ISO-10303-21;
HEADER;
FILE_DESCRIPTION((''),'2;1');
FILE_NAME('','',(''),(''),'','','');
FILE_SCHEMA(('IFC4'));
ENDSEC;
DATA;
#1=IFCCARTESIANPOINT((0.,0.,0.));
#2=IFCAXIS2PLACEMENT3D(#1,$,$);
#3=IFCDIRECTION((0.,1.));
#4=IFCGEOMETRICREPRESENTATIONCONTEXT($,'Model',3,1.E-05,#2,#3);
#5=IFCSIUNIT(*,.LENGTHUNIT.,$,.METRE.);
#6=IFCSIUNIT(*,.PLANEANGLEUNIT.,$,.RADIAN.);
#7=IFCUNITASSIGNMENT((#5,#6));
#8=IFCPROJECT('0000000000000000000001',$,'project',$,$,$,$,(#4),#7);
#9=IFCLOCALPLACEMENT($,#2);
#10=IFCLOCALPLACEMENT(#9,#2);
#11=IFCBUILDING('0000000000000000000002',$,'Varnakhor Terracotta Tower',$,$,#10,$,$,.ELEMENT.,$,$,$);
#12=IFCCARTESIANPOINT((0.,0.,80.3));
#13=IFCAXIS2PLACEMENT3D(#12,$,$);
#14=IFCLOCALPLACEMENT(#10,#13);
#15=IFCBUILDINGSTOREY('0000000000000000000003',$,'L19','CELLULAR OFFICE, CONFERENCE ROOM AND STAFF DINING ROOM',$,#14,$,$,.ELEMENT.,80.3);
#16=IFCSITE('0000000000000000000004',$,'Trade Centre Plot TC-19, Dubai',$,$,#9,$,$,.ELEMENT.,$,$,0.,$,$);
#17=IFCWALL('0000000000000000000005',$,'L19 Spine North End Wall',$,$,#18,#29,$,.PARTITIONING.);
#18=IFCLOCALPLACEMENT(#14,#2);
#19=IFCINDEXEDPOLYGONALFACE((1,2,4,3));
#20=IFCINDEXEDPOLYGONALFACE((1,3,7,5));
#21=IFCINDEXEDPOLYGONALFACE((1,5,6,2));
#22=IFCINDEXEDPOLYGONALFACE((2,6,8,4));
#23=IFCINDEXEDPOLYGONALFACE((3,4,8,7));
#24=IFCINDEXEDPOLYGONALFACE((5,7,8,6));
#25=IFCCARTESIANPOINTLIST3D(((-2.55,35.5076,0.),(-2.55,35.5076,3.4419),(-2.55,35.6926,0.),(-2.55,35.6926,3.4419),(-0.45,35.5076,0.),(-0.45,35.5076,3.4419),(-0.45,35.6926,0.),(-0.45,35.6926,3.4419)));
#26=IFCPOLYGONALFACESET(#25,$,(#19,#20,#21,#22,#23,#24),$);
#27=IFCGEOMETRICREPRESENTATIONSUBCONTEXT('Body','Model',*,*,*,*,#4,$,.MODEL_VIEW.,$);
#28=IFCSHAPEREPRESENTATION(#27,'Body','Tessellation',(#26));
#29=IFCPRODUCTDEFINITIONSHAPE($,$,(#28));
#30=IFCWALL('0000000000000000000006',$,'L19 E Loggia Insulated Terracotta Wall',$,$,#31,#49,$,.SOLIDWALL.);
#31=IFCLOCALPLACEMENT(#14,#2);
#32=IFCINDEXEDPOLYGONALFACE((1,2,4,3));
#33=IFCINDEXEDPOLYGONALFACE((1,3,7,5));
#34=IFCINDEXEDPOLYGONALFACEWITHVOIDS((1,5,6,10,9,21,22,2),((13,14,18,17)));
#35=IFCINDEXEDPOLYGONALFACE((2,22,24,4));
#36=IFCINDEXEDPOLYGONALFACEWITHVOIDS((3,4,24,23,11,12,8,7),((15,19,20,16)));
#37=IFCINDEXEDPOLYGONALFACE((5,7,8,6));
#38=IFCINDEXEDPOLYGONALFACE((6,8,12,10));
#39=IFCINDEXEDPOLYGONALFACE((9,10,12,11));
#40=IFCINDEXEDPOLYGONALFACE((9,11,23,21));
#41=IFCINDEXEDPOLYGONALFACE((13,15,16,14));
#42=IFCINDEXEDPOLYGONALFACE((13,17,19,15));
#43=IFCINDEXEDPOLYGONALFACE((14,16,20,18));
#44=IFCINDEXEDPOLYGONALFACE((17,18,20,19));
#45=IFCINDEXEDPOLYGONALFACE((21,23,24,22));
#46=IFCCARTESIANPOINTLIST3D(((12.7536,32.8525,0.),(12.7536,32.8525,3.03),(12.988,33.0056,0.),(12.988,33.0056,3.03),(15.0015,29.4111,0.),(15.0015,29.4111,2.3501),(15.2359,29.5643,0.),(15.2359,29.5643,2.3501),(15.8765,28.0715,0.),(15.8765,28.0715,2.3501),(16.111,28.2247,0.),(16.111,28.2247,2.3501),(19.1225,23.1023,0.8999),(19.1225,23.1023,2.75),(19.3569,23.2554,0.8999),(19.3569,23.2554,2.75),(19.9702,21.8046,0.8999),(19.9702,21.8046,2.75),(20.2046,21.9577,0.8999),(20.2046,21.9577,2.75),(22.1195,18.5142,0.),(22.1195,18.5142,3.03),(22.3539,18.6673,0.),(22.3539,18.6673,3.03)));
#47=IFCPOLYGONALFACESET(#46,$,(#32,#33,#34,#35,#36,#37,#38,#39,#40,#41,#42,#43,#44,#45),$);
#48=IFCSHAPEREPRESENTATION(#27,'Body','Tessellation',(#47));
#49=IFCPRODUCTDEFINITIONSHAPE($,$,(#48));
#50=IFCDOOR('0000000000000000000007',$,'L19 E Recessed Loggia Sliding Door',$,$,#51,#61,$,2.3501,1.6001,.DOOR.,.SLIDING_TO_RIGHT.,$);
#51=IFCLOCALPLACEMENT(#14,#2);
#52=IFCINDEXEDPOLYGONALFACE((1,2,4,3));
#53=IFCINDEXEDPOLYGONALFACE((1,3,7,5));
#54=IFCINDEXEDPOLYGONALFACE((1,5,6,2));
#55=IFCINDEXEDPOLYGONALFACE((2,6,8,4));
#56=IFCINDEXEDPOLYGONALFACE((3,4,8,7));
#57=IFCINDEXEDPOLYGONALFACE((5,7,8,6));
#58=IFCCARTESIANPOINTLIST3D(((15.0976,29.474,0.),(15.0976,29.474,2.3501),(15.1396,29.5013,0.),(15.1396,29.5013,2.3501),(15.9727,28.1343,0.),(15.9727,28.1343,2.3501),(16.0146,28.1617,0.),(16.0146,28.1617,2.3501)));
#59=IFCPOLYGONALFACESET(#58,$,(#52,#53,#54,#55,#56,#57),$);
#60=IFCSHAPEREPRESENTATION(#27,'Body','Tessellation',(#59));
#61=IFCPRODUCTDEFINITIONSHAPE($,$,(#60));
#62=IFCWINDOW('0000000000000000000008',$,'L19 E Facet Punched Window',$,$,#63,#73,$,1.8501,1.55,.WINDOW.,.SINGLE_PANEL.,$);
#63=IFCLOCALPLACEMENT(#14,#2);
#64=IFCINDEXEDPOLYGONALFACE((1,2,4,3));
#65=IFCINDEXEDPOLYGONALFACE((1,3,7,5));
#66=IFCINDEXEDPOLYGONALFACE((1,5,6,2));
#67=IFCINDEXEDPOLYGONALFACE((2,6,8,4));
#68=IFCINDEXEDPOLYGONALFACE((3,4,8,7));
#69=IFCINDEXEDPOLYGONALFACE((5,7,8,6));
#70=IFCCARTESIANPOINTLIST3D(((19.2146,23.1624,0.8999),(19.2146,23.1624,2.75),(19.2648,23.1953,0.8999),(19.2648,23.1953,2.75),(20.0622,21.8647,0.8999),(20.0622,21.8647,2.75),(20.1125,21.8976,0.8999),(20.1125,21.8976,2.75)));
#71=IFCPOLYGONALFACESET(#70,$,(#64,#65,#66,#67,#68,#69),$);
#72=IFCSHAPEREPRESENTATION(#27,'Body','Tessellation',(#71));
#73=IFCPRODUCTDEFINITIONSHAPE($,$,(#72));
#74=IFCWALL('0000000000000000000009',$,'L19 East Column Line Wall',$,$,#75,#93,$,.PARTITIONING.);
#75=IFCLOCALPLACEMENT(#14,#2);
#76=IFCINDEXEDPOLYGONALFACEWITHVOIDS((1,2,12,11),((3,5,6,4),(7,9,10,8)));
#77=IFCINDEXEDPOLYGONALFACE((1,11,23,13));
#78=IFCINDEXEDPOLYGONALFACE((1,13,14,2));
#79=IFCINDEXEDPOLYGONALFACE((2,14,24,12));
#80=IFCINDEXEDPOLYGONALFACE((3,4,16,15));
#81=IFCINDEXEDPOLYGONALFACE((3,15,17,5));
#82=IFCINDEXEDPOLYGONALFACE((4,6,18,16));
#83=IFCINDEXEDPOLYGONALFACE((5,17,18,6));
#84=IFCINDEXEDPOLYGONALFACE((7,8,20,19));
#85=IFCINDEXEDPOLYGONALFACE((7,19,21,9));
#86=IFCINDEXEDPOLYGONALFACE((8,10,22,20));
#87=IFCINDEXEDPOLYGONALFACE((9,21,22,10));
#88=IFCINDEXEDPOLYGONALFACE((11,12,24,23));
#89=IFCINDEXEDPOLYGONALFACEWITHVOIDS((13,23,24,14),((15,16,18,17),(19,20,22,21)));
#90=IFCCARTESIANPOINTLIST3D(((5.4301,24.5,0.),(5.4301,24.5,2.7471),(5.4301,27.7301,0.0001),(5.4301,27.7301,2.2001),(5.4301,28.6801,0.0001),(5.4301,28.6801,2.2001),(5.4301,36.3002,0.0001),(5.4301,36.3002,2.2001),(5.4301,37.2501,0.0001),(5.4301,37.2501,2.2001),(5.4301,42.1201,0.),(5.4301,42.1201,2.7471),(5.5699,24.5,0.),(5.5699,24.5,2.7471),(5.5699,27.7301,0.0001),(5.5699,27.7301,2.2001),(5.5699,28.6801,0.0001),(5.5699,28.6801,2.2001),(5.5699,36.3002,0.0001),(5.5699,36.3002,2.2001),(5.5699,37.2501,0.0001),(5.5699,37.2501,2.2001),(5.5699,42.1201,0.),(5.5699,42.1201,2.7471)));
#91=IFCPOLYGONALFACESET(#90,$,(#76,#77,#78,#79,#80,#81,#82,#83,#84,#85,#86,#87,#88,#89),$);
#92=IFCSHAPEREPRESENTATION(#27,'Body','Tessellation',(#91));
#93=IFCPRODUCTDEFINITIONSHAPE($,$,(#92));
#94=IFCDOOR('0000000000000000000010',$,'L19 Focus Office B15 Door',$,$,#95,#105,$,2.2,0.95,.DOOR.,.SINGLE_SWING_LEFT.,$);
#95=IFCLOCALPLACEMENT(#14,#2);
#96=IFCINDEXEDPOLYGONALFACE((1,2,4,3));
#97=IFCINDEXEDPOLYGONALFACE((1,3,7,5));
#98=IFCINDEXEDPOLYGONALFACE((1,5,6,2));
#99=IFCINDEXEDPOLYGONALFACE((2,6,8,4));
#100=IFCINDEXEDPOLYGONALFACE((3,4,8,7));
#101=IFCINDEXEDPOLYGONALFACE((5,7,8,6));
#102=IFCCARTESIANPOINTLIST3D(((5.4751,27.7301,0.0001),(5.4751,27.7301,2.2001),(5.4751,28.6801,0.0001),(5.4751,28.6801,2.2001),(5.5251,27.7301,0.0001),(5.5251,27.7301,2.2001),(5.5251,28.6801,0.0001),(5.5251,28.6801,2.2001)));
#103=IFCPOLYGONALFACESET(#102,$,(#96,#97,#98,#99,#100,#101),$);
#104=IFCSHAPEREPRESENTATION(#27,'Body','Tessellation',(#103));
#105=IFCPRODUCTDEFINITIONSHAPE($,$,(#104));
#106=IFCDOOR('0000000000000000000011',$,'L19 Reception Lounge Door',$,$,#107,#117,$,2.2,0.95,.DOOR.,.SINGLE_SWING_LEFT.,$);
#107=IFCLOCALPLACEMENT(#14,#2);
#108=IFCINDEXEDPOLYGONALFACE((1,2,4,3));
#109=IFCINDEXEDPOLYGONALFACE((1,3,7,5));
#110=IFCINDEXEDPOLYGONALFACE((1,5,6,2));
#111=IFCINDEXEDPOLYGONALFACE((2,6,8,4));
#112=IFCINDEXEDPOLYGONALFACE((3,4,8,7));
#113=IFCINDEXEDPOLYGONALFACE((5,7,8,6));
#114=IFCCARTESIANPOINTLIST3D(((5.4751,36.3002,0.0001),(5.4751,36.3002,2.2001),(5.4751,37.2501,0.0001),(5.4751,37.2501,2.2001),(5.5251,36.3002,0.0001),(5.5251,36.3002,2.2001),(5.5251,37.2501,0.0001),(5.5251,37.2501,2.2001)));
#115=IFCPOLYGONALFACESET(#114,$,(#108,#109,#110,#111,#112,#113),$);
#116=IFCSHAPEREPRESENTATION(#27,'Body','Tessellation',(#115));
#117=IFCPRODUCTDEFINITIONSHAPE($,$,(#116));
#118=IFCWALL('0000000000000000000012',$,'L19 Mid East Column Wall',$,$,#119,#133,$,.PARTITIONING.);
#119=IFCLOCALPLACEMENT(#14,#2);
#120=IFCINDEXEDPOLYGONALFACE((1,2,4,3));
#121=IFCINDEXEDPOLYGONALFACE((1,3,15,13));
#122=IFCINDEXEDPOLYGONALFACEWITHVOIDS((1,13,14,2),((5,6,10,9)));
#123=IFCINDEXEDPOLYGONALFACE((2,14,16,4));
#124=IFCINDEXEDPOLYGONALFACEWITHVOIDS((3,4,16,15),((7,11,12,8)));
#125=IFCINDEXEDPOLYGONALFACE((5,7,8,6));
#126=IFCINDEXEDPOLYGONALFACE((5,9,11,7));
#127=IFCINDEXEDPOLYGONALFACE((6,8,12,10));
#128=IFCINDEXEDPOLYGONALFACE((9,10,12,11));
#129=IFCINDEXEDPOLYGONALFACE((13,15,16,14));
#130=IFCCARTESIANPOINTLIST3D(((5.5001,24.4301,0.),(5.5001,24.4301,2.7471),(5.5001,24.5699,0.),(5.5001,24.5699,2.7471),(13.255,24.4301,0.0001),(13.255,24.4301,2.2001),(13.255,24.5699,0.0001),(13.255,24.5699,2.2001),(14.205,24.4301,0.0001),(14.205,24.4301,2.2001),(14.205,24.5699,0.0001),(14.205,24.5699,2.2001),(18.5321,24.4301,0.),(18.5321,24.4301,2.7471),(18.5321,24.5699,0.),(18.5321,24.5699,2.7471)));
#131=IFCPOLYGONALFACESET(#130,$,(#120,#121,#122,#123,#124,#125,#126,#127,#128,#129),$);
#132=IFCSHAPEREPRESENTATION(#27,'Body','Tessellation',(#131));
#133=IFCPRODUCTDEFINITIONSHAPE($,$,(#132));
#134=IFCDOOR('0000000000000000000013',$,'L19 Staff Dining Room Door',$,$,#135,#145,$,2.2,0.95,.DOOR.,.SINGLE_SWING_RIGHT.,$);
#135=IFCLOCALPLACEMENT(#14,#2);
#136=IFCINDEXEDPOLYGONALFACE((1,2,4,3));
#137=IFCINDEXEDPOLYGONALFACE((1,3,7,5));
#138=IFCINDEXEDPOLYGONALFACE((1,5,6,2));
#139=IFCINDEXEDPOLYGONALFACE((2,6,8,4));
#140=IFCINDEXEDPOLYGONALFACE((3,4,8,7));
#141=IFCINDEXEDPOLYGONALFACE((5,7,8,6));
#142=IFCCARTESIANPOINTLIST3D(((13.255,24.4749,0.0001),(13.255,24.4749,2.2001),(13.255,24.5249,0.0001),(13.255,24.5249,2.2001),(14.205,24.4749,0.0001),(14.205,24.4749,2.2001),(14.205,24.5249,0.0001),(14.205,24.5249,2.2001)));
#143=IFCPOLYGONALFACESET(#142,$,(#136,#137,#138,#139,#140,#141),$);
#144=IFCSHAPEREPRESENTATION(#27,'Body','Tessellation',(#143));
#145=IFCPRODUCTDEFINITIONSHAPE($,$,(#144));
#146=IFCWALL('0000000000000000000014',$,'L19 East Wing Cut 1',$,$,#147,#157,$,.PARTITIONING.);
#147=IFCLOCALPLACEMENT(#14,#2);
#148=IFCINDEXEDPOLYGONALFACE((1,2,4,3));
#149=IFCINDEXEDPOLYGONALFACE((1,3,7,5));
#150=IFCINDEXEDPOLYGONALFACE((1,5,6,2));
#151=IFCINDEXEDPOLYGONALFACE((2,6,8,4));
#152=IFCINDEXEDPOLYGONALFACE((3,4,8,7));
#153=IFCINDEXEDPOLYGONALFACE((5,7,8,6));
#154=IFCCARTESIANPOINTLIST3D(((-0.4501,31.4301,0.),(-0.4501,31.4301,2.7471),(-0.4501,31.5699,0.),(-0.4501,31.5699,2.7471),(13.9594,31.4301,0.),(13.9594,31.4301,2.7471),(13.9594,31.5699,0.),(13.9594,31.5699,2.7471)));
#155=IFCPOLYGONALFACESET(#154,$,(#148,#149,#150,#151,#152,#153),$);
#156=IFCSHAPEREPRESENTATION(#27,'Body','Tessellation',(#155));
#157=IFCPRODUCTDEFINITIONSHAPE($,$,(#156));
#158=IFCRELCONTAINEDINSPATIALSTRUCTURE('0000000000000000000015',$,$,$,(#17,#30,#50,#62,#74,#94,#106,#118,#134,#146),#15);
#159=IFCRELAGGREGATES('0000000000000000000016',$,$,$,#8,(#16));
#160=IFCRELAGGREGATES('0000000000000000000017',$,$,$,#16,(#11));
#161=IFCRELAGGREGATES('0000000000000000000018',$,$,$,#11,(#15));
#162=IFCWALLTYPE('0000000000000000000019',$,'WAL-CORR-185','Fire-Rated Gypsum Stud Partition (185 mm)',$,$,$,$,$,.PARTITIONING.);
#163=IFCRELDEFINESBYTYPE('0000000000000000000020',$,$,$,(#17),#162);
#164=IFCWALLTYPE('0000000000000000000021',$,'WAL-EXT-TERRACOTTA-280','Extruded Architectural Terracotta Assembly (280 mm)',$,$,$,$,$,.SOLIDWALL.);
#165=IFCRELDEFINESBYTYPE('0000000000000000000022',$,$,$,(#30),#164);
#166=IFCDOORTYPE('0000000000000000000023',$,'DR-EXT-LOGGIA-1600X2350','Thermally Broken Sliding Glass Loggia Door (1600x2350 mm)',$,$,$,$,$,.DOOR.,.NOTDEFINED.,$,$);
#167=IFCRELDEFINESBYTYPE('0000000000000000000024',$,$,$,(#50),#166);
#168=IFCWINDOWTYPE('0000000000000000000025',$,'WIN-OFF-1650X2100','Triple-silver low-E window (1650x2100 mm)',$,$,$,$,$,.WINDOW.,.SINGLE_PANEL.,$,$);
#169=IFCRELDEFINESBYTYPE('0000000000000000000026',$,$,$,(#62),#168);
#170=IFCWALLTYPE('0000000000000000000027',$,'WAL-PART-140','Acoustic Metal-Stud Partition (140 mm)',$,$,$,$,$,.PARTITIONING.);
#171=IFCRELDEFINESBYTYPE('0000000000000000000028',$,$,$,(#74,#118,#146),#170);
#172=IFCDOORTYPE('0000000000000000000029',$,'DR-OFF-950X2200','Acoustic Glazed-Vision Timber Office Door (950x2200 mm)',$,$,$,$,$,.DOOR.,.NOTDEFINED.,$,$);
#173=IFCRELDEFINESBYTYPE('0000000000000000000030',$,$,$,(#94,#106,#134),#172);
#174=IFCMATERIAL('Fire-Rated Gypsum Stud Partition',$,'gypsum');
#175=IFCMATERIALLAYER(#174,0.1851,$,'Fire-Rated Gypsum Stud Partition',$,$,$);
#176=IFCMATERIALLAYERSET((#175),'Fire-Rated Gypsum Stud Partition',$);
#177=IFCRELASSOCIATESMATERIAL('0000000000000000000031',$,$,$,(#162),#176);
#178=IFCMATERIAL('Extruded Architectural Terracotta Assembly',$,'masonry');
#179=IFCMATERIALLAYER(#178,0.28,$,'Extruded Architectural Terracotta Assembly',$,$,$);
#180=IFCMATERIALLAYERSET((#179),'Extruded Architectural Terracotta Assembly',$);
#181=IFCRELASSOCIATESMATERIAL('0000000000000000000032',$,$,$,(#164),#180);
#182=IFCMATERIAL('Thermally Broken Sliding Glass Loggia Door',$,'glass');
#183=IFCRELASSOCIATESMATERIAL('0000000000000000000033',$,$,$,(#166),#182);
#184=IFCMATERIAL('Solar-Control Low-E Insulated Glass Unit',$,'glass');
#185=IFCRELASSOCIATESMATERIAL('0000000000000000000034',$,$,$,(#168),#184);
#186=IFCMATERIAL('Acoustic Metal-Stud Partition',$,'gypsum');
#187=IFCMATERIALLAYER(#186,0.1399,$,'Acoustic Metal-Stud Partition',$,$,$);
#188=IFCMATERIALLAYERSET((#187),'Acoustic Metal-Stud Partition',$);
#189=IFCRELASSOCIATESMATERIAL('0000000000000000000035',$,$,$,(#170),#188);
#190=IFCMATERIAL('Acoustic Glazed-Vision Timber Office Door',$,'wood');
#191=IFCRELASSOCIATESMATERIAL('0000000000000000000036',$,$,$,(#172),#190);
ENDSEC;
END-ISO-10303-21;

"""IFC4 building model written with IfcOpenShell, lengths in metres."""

from ifc_helpers import new_model, si_unit, direction, frame, frame_2d, origin, place, context, subcontext, project, spatial, rectangle, extrude, source, transform, mapped, material, layer, layer_set, type_object, type_shapes, element, fill, save


model = new_model("IFC4")

# Units and contexts
model_context = context("Model", 3, precision=1e-05, world=origin(), true_north=direction((0.0, 1.0)))
body_context = subcontext(model_context, "Body", "Model", "MODEL_VIEW")
ifc_project = project(units=[si_unit("LENGTHUNIT", "METRE"), si_unit("PLANEANGLEUNIT", "RADIAN")], contexts=[model_context])

# Site, building, storey
site_placement = place(None, origin())
site = spatial("IfcSite", under=ifc_project, at=site_placement, Name="Trade Centre Plot TC-19, Dubai", CompositionType="ELEMENT", RefElevation=0.0)
building_placement = place(site_placement, origin())
building = spatial("IfcBuilding", under=site, at=building_placement, Name="Varnakhor Terracotta Tower", CompositionType="ELEMENT")
storey_placement = place(building_placement, frame((0.0, 0.0, 80.3)))
storey = spatial("IfcBuildingStorey", under=building, at=storey_placement, Name="L19", Description="CELLULAR OFFICE, CONFERENCE ROOM AND STAFF DINING ROOM", CompositionType="ELEMENT", Elevation=80.3)

# Wall
ifc_material_1 = material(Name="Fire-Rated Gypsum Stud Partition", Category="gypsum")
ifc_layer_1 = layer(ifc_material_1, 0.1851, Name="Fire-Rated Gypsum Stud Partition")
ifc_layer_set_1 = layer_set([ifc_layer_1], Name="Fire-Rated Gypsum Stud Partition")
wall_type_1 = type_object("IfcWallType", Name="WAL-CORR-185", Description="Fire-Rated Gypsum Stud Partition (185 mm)", PredefinedType="PARTITIONING", material=ifc_layer_set_1)
wall_1_placement = place(storey_placement, frame((-2.55, 35.6001, 0.0), z_axis=(0.0, 0.0, 1.0), x_axis=(1.0, 0.0, 0.0)))
element("IfcWall", 1, at=wall_1_placement, inside=storey, type_object=wall_type_1, Name="L19 Spine North End Wall", PredefinedType="PARTITIONING", context=body_context, shape_type="SweptSolid", body=[
    extrude(rectangle(XDim=2.1001, YDim=0.1851, at=frame_2d((1.05, 0.0))), origin(), (0.0, 0.0, 1.0), 3.4419),
])

# Wall, openings, door, window
ifc_material_2 = material(Name="Extruded Architectural Terracotta Assembly", Category="masonry")
ifc_layer_2 = layer(ifc_material_2, 0.28, Name="Extruded Architectural Terracotta Assembly")
ifc_layer_set_2 = layer_set([ifc_layer_2], Name="Extruded Architectural Terracotta Assembly")
wall_type_2 = type_object("IfcWallType", Name="WAL-EXT-TERRACOTTA-280", Description="Extruded Architectural Terracotta Assembly (280 mm)", PredefinedType="SOLIDWALL", material=ifc_layer_set_2)
wall_2_placement = place(storey_placement, frame((12.8708, 32.929, 0.0), z_axis=(0.0, 0.0, 1.0), x_axis=(0.546876, -0.837214, 0.0)))
wall_2 = element("IfcWall", 2, at=wall_2_placement, inside=storey, type_object=wall_type_2, Name="L19 E Loggia Insulated Terracotta Wall", PredefinedType="SOLIDWALL", context=body_context, shape_type="SweptSolid", body=[
    extrude(rectangle(XDim=17.1262, YDim=0.28, at=frame_2d((8.563, 0.0))), origin(), (0.0, 0.0, 1.0), 3.03),
])
opening_1_placement = place(wall_2_placement, frame((4.1104, 0.0, 0.0)))
opening_1 = element("IfcOpeningElement", 3, at=opening_1_placement, cuts=wall_2, PredefinedType="OPENING", context=body_context, shape_type="SweptSolid", body=[
    extrude(rectangle(XDim=1.6001, YDim=2.3501, at=frame_2d((0.8, 1.175))), frame((0.0, 0.1499, 0.0), z_axis=(0.0, -1.0, 0.0), x_axis=(1.0, 0.0, 0.0)), (0.0, 0.0, 1.0), 0.3),
])
opening_2_placement = place(wall_2_placement, frame((11.646, 0.0, 0.8999)))
opening_2 = element("IfcOpeningElement", 4, at=opening_2_placement, cuts=wall_2, PredefinedType="OPENING", context=body_context, shape_type="SweptSolid", body=[
    extrude(rectangle(XDim=1.55, YDim=1.8501, at=frame_2d((0.7749, 0.925))), frame((0.0, 0.1499, 0.0), z_axis=(0.0, -1.0, 0.0), x_axis=(1.0, 0.0, 0.0)), (0.0, 0.0, 1.0), 0.3),
])
ifc_material_3 = material(Name="Thermally Broken Sliding Glass Loggia Door", Category="glass")
door_type_1 = type_object("IfcDoorType", Name="DR-EXT-LOGGIA-1600X2350", Description="Thermally Broken Sliding Glass Loggia Door (1600x2350 mm)", OperationType="NOTDEFINED", PredefinedType="DOOR", material=ifc_material_3)
shared_shape_1 = source(origin(), body_context, "Body", "SweptSolid", [
    extrude(rectangle(XDim=1.6001, YDim=2.3501, at=frame_2d((0.8, 1.175))), frame((0.0, 0.0249, 0.0), z_axis=(0.0, -1.0, 0.0), x_axis=(1.0, 0.0, 0.0)), (0.0, 0.0, 1.0), 0.05),
])
type_shapes(door_type_1, [shared_shape_1])
door_1_placement = place(opening_1_placement, origin())
door_1 = element("IfcDoor", 5, at=door_1_placement, inside=storey, type_object=door_type_1, Name="L19 E Recessed Loggia Sliding Door", OperationType="SLIDING_TO_RIGHT", OverallHeight=2.3501, OverallWidth=1.6001, PredefinedType="DOOR", context=body_context, shape_type="MappedRepresentation", body=[
    mapped(shared_shape_1, transform((0.0, 0.0, 0.0), scale=1.0)),
])
fill(opening_1, door_1)
ifc_material_4 = material(Name="Solar-Control Low-E Insulated Glass Unit", Category="glass")
window_type = type_object("IfcWindowType", Name="WIN-OFF-1650X2100", Description="Triple-silver low-E window (1650x2100 mm)", PartitioningType="SINGLE_PANEL", PredefinedType="WINDOW", material=ifc_material_4)
shared_shape_2 = source(origin(), body_context, "Body", "SweptSolid", [
    extrude(rectangle(XDim=1.55, YDim=1.8501, at=frame_2d((0.7749, 0.925))), frame((0.0, 0.03, 0.0), z_axis=(0.0, -1.0, 0.0), x_axis=(1.0, 0.0, 0.0)), (0.0, 0.0, 1.0), 0.0601),
])
type_shapes(window_type, [shared_shape_2])
window_placement = place(opening_2_placement, origin())
window = element("IfcWindow", 6, at=window_placement, inside=storey, type_object=window_type, Name="L19 E Facet Punched Window", OverallHeight=1.8501, OverallWidth=1.55, PartitioningType="SINGLE_PANEL", PredefinedType="WINDOW", context=body_context, shape_type="MappedRepresentation", body=[
    mapped(shared_shape_2, transform((0.0, 0.0, 0.0), scale=1.0)),
])
fill(opening_2, window)

# Wall, openings, doors
ifc_material_5 = material(Name="Acoustic Metal-Stud Partition", Category="gypsum")
ifc_layer_3 = layer(ifc_material_5, 0.1399, Name="Acoustic Metal-Stud Partition")
ifc_layer_set_3 = layer_set([ifc_layer_3], Name="Acoustic Metal-Stud Partition")
wall_type_3 = type_object("IfcWallType", Name="WAL-PART-140", Description="Acoustic Metal-Stud Partition (140 mm)", PredefinedType="PARTITIONING", material=ifc_layer_set_3)
wall_3_placement = place(storey_placement, frame((5.5, 24.5, 0.0), z_axis=(0.0, 0.0, 1.0), x_axis=(0.0, 1.0, 0.0)))
wall_3 = element("IfcWall", 7, at=wall_3_placement, inside=storey, type_object=wall_type_3, Name="L19 East Column Line Wall", PredefinedType="PARTITIONING", context=body_context, shape_type="SweptSolid", body=[
    extrude(rectangle(XDim=17.6201, YDim=0.1399, at=frame_2d((8.8101, 0.0))), origin(), (0.0, 0.0, 1.0), 2.7471),
])
opening_3_placement = place(wall_3_placement, frame((3.23, 0.0, 0.0)))
opening_3 = element("IfcOpeningElement", 8, at=opening_3_placement, cuts=wall_3, PredefinedType="OPENING", context=body_context, shape_type="SweptSolid", body=[
    extrude(rectangle(XDim=0.95, YDim=2.2, at=frame_2d((0.4751, 1.1001))), frame((0.0, 0.0801, 0.0), z_axis=(0.0, -1.0, 0.0), x_axis=(1.0, 0.0, 0.0)), (0.0, 0.0, 1.0), 0.1599),
])
opening_4_placement = place(wall_3_placement, frame((11.8, 0.0, 0.0)))
opening_4 = element("IfcOpeningElement", 9, at=opening_4_placement, cuts=wall_3, PredefinedType="OPENING", context=body_context, shape_type="SweptSolid", body=[
    extrude(rectangle(XDim=0.95, YDim=2.2, at=frame_2d((0.4751, 1.1001))), frame((0.0, 0.0801, 0.0), z_axis=(0.0, -1.0, 0.0), x_axis=(1.0, 0.0, 0.0)), (0.0, 0.0, 1.0), 0.1599),
])
ifc_material_6 = material(Name="Acoustic Glazed-Vision Timber Office Door", Category="wood")
door_type_2 = type_object("IfcDoorType", Name="DR-OFF-950X2200", Description="Acoustic Glazed-Vision Timber Office Door (950x2200 mm)", OperationType="NOTDEFINED", PredefinedType="DOOR", material=ifc_material_6)
shared_shape_3 = source(origin(), body_context, "Body", "SweptSolid", [
    extrude(rectangle(XDim=0.95, YDim=2.2, at=frame_2d((0.4751, 1.1001))), frame((0.0, 0.0249, 0.0), z_axis=(0.0, -1.0, 0.0), x_axis=(1.0, 0.0, 0.0)), (0.0, 0.0, 1.0), 0.05),
])
type_shapes(door_type_2, [shared_shape_3])
door_2_placement = place(opening_3_placement, origin())
door_2 = element("IfcDoor", 10, at=door_2_placement, inside=storey, type_object=door_type_2, Name="L19 Focus Office B15 Door", OperationType="SINGLE_SWING_LEFT", OverallHeight=2.2, OverallWidth=0.95, PredefinedType="DOOR", context=body_context, shape_type="MappedRepresentation", body=[
    mapped(shared_shape_3, transform((0.0, 0.0, 0.0), scale=1.0)),
])
fill(opening_3, door_2)
door_3_placement = place(opening_4_placement, origin())
door_3 = element("IfcDoor", 11, at=door_3_placement, inside=storey, type_object=door_type_2, Name="L19 Reception Lounge Door", OperationType="SINGLE_SWING_LEFT", OverallHeight=2.2, OverallWidth=0.95, PredefinedType="DOOR", context=body_context, shape_type="MappedRepresentation", body=[
    mapped(shared_shape_3, transform((0.0, 0.0, 0.0), scale=1.0)),
])
fill(opening_4, door_3)

# Wall, opening, door
wall_4_placement = place(storey_placement, frame((5.5, 24.5, 0.0), z_axis=(0.0, 0.0, 1.0), x_axis=(1.0, 0.0, 0.0)))
wall_4 = element("IfcWall", 12, at=wall_4_placement, inside=storey, type_object=wall_type_3, Name="L19 Mid East Column Wall", PredefinedType="PARTITIONING", context=body_context, shape_type="SweptSolid", body=[
    extrude(rectangle(XDim=13.032, YDim=0.1399, at=frame_2d((6.5161, 0.0))), origin(), (0.0, 0.0, 1.0), 2.7471),
])
opening_5_placement = place(wall_4_placement, frame((7.7549, 0.0, 0.0)))
opening_5 = element("IfcOpeningElement", 13, at=opening_5_placement, cuts=wall_4, PredefinedType="OPENING", context=body_context, shape_type="SweptSolid", body=[
    extrude(rectangle(XDim=0.95, YDim=2.2, at=frame_2d((0.4751, 1.1001))), frame((0.0, 0.0801, 0.0), z_axis=(0.0, -1.0, 0.0), x_axis=(1.0, 0.0, 0.0)), (0.0, 0.0, 1.0), 0.1599),
])
door_4_placement = place(opening_5_placement, origin())
door_4 = element("IfcDoor", 14, at=door_4_placement, inside=storey, type_object=door_type_2, Name="L19 Staff Dining Room Door", OperationType="SINGLE_SWING_RIGHT", OverallHeight=2.2, OverallWidth=0.95, PredefinedType="DOOR", context=body_context, shape_type="MappedRepresentation", body=[
    mapped(shared_shape_3, transform((0.0, 0.0, 0.0), scale=1.0)),
])
fill(opening_5, door_4)

# Wall
wall_5_placement = place(storey_placement, frame((-0.45, 31.5, 0.0), z_axis=(0.0, 0.0, 1.0), x_axis=(1.0, 0.0, 0.0)))
element("IfcWall", 15, at=wall_5_placement, inside=storey, type_object=wall_type_3, Name="L19 East Wing Cut 1", PredefinedType="PARTITIONING", context=body_context, shape_type="SweptSolid", body=[
    extrude(rectangle(XDim=14.4094, YDim=0.1399, at=frame_2d((7.2046, 0.0))), origin(), (0.0, 0.0, 1.0), 2.7471),
])

save(model, "model.ifc")
